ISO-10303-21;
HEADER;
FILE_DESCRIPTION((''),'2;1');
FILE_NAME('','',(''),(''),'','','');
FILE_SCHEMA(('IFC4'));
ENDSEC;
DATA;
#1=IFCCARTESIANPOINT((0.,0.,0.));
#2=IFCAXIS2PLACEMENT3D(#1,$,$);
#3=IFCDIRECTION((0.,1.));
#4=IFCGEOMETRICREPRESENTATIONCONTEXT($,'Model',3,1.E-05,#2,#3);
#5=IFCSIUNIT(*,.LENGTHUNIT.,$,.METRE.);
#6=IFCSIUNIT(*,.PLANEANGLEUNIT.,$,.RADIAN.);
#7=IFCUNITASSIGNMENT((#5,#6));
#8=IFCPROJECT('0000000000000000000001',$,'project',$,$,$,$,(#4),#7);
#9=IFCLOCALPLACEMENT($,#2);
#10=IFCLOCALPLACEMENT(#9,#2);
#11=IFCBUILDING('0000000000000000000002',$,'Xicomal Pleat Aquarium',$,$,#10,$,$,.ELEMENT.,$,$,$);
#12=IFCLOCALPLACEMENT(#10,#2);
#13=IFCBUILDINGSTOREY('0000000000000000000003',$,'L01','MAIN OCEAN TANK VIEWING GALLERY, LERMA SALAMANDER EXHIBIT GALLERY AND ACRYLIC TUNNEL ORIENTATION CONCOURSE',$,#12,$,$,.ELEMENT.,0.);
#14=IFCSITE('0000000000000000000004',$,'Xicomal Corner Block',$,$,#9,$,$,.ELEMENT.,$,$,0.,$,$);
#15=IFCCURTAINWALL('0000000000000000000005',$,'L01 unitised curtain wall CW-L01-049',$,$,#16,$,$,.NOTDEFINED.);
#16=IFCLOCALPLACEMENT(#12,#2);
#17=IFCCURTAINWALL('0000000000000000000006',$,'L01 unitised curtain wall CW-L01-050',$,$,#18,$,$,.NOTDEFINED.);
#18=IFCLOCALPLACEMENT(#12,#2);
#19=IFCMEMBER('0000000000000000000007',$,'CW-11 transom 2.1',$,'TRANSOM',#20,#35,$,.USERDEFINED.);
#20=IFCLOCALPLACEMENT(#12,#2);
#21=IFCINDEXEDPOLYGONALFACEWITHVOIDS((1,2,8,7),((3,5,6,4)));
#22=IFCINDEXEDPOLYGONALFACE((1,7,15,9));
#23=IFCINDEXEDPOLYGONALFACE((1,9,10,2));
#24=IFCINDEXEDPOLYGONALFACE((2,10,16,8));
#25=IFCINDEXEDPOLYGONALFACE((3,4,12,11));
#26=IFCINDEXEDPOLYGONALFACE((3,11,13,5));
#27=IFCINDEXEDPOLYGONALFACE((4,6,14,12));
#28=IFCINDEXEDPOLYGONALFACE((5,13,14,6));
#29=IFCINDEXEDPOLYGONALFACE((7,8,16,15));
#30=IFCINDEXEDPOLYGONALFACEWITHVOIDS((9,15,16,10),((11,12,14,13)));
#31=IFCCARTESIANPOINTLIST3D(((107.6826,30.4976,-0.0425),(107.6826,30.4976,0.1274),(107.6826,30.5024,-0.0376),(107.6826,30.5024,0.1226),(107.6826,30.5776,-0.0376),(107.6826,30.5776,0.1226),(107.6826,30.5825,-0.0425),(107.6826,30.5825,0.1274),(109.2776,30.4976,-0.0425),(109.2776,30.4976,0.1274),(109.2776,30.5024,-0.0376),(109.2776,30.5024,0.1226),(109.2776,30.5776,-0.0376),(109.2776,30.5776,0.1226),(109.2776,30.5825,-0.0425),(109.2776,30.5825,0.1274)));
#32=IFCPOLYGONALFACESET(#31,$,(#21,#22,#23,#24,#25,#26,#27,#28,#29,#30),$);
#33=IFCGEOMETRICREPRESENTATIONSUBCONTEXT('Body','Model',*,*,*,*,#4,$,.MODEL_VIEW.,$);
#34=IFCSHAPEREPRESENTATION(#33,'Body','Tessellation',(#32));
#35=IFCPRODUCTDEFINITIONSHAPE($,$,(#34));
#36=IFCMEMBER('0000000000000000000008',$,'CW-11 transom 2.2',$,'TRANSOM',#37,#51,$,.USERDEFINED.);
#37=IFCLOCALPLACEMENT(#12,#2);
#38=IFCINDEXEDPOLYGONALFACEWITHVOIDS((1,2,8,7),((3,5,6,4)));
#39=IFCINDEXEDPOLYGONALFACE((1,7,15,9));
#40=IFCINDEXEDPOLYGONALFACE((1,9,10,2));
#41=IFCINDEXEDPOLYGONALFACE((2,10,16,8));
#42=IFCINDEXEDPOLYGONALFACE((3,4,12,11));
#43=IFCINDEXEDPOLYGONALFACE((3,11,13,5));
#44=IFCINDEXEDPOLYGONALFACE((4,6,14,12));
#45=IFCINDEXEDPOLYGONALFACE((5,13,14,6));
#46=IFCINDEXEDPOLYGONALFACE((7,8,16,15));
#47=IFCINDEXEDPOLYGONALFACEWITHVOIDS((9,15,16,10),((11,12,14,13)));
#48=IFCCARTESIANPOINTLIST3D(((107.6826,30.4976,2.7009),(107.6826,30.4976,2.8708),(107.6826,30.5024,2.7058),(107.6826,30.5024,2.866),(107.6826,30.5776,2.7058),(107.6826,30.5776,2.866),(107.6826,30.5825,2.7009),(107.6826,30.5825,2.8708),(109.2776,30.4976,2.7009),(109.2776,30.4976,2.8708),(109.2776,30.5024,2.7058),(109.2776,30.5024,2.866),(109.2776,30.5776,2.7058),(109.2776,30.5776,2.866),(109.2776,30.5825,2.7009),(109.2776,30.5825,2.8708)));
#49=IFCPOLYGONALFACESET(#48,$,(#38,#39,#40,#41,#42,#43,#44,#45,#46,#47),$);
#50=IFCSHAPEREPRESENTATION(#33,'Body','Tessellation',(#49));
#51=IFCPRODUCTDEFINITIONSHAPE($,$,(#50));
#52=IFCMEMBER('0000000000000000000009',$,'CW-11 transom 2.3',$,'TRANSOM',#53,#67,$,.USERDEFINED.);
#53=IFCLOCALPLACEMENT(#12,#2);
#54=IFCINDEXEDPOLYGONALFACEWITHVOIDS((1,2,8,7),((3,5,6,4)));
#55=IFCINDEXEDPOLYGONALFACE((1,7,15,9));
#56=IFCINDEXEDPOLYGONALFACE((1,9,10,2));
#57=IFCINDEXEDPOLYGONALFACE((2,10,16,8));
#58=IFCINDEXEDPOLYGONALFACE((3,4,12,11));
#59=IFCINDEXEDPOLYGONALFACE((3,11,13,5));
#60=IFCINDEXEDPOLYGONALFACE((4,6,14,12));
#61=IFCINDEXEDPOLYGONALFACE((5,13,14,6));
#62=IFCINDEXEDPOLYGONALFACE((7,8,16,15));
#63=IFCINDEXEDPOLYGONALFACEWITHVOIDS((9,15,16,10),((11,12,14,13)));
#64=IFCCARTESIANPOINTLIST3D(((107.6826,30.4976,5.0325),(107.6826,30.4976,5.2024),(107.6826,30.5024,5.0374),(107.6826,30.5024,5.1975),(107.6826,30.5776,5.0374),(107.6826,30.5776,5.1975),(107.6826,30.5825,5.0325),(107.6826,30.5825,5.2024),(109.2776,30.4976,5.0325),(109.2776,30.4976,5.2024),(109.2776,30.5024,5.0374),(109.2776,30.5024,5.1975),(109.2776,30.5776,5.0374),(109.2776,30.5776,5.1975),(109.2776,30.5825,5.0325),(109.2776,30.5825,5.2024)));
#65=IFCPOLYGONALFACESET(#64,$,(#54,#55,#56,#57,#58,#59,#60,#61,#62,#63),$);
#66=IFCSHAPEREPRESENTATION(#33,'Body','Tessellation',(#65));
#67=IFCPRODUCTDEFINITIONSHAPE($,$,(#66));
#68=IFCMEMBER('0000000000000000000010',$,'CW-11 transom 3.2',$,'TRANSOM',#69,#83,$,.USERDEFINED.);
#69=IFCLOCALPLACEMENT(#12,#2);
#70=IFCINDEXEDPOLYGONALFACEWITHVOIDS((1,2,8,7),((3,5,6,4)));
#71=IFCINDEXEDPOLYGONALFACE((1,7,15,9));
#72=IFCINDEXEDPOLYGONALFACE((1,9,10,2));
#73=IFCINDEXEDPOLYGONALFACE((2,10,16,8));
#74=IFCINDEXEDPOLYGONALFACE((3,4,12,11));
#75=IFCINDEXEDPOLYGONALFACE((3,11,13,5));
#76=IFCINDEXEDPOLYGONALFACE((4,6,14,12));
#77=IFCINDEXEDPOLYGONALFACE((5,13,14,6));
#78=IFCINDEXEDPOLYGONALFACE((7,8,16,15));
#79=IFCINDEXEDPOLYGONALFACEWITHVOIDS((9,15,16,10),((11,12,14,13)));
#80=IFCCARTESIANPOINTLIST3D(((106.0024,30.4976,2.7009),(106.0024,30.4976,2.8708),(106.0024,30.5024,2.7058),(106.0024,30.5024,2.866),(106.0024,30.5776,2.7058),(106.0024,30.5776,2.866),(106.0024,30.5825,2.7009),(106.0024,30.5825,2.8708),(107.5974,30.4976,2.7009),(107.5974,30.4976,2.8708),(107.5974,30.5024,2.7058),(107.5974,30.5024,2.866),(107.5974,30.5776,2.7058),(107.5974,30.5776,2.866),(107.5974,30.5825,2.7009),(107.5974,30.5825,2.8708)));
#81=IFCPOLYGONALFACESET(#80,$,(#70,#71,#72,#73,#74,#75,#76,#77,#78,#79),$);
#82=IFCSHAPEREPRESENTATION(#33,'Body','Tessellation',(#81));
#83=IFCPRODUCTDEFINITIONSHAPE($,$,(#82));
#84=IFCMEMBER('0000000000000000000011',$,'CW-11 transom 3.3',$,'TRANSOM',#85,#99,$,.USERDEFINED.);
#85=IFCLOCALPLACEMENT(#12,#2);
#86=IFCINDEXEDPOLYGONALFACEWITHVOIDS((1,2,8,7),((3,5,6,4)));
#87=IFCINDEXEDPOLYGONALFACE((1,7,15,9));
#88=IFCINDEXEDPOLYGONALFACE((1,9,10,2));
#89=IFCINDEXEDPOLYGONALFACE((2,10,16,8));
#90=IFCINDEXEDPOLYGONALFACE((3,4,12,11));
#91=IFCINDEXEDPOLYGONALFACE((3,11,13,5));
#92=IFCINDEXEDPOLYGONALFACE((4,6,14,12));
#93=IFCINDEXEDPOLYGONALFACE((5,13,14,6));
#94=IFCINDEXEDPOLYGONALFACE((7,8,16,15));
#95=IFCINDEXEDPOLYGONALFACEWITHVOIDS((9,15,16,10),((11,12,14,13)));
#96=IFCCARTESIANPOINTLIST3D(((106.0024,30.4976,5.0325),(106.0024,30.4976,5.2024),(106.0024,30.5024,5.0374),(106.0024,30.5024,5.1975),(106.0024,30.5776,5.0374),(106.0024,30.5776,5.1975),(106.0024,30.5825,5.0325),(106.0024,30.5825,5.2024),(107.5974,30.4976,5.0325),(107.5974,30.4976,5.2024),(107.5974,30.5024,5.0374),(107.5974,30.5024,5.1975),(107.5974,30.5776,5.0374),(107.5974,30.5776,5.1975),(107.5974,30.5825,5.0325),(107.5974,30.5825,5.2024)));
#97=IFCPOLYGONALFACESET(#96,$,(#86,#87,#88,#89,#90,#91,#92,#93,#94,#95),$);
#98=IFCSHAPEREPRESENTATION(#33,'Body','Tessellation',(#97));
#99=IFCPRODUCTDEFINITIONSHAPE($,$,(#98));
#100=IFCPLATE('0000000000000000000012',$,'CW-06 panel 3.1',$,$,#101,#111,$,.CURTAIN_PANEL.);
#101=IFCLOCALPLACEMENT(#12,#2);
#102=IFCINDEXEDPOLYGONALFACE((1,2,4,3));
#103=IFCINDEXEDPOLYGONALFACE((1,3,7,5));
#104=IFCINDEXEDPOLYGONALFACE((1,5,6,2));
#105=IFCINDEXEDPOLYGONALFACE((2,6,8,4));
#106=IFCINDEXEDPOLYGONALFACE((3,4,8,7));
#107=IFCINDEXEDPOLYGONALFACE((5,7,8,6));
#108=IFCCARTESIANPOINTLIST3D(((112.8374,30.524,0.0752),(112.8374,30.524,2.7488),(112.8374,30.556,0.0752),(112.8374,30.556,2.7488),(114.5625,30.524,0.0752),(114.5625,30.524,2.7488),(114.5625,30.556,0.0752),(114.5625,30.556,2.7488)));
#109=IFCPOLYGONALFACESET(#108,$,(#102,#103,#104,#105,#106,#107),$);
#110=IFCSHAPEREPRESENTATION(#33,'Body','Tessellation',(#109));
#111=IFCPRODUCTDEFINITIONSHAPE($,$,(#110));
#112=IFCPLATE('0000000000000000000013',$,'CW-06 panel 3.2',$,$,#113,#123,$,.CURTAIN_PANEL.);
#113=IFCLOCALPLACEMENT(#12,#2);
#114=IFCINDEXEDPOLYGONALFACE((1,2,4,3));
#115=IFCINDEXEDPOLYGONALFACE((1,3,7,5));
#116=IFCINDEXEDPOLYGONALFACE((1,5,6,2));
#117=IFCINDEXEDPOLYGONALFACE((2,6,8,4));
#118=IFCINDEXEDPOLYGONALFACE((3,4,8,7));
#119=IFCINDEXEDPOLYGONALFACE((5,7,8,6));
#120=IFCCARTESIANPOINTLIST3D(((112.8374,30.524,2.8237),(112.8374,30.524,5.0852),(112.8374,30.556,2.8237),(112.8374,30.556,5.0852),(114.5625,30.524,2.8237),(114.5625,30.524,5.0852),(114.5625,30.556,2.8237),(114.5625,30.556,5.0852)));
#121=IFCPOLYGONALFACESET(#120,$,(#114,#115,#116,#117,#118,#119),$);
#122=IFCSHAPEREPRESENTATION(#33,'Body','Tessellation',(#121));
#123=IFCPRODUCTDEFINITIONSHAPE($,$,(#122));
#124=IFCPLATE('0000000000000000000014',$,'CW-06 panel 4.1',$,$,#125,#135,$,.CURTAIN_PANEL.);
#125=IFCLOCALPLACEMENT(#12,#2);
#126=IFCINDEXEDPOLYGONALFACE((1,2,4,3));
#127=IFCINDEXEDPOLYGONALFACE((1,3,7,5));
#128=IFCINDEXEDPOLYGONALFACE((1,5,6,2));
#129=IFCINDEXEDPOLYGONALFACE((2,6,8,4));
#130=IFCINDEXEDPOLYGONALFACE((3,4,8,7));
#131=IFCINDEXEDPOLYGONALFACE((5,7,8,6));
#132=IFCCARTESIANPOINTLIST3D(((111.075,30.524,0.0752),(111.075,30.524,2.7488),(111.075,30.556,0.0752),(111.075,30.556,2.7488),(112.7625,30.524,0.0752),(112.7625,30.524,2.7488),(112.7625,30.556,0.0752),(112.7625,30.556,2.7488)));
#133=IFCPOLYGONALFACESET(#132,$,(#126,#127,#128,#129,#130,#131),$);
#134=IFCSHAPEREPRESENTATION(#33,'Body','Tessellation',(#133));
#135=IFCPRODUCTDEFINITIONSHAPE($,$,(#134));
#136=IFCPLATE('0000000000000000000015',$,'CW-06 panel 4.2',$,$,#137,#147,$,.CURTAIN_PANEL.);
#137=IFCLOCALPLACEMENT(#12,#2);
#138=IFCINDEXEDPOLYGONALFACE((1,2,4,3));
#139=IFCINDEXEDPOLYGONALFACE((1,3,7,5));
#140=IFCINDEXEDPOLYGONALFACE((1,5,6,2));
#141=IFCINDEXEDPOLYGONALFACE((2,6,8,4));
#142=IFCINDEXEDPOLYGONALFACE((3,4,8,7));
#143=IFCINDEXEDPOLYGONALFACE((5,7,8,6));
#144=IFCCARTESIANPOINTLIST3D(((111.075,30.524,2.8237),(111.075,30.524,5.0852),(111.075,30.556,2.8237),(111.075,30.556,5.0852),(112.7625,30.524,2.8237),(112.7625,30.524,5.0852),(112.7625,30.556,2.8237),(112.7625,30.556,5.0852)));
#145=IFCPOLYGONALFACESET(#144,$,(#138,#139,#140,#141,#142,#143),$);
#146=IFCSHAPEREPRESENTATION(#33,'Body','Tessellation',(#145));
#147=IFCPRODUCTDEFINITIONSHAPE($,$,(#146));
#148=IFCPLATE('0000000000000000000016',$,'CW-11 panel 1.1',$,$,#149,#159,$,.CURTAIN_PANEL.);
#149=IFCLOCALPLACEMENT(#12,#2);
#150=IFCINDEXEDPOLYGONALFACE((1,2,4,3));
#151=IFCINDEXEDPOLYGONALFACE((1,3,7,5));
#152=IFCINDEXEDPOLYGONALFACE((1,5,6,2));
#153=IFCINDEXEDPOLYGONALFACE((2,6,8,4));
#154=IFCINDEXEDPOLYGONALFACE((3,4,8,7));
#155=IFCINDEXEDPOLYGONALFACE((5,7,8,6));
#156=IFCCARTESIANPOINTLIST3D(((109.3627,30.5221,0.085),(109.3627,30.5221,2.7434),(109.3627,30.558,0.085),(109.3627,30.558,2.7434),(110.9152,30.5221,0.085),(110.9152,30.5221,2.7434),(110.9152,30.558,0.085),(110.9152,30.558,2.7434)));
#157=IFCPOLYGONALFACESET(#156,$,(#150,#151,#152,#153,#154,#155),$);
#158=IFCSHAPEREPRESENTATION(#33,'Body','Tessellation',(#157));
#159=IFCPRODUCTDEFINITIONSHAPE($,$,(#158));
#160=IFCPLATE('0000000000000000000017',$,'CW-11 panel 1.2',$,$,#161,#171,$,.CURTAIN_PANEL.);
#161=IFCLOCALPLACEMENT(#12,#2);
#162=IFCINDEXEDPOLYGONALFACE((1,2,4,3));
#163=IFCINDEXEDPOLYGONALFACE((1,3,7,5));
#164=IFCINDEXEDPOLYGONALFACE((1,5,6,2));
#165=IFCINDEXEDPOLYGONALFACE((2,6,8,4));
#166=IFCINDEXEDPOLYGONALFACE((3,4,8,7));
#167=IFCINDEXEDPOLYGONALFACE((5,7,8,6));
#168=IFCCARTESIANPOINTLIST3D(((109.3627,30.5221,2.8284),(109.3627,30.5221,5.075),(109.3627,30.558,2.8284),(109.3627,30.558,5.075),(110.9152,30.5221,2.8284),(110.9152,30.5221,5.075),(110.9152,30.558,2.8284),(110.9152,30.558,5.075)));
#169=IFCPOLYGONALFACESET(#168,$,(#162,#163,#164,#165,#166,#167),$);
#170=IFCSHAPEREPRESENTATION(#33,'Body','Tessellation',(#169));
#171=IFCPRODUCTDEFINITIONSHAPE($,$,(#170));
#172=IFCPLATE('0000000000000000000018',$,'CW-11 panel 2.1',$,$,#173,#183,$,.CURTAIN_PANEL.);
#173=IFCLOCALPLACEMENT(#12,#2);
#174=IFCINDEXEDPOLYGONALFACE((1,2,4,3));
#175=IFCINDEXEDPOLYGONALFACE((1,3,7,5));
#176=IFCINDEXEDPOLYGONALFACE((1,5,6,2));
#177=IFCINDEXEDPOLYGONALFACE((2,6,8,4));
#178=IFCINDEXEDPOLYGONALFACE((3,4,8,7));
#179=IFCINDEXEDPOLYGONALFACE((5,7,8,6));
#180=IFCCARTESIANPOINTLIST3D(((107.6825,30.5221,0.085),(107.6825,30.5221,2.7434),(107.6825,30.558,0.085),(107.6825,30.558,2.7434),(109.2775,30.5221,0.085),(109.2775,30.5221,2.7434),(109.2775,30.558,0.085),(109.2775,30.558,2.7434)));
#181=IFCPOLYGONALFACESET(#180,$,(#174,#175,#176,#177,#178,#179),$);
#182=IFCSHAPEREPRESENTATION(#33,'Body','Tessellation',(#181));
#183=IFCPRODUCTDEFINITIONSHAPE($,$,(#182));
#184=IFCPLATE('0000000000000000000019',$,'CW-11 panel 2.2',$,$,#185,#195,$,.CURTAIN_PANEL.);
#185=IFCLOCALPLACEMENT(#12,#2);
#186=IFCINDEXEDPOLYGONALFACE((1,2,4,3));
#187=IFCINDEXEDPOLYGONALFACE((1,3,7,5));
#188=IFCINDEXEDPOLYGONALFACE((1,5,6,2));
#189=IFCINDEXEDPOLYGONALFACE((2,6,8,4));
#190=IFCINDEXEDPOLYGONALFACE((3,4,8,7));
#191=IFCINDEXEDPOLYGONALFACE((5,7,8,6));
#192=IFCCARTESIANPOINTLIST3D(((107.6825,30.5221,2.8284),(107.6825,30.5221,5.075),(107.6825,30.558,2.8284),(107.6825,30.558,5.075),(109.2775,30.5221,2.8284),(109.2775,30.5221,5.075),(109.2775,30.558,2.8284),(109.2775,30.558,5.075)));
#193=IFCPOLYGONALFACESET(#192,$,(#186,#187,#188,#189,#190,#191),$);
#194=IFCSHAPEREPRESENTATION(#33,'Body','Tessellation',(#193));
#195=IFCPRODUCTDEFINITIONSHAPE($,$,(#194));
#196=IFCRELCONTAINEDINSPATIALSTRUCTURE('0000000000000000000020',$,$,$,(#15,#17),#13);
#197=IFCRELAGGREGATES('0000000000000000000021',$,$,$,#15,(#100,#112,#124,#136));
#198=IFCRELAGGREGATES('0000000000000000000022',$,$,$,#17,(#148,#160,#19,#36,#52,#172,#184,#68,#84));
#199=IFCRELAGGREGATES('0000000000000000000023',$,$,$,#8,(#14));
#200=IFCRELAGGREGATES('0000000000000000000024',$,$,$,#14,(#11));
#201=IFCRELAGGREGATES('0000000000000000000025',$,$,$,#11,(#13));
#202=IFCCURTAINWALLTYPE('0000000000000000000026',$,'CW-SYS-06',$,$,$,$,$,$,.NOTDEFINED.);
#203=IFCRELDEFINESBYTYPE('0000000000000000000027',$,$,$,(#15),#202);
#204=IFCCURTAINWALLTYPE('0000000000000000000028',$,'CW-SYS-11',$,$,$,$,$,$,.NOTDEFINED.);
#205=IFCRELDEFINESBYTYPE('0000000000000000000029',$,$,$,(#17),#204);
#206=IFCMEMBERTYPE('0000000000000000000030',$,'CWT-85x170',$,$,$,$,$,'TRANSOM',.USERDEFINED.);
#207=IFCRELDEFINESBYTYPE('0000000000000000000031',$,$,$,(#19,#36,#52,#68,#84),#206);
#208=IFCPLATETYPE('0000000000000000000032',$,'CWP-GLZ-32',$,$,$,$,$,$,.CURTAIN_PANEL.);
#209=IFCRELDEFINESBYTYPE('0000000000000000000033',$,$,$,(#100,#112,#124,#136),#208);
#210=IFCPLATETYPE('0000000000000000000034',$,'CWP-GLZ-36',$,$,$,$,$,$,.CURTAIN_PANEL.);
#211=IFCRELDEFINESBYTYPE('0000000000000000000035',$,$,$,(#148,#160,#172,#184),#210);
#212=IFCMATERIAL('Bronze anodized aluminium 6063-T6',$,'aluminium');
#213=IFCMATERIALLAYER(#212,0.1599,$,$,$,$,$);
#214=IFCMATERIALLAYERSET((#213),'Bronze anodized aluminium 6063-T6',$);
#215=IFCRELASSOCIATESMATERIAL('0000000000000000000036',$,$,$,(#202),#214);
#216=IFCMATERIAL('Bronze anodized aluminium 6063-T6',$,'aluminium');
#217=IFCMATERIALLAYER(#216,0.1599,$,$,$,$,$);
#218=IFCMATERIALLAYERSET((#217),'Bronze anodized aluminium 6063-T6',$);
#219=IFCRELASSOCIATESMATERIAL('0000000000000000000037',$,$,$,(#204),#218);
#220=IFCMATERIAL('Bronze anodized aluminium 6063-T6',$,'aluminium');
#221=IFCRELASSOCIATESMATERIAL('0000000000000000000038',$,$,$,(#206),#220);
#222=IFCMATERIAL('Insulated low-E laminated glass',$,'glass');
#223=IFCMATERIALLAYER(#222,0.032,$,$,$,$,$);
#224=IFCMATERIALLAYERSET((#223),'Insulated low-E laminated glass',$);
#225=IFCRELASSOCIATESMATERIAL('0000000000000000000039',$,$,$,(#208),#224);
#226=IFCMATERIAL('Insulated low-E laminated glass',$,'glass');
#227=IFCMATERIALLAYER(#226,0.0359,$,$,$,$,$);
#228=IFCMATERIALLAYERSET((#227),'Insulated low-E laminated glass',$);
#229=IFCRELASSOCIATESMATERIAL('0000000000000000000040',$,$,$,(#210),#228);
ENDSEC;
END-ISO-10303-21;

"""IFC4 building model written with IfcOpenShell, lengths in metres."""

from ifc_helpers import new_model, si_unit, direction, frame, origin, origin_2d, place, context, subcontext, project, spatial, rectangle, hollow_rectangle, extrude, material, layer, layer_set, material_profile, profile_set, type_object, element, aggregate, save


model = new_model("IFC4")

# Units and contexts
model_context = context("Model", 3, precision=1e-05, world=origin(), true_north=direction((0.0, 1.0)))
body_context = subcontext(model_context, "Body", "Model", "MODEL_VIEW")
ifc_project = project(units=[si_unit("LENGTHUNIT", "METRE"), si_unit("PLANEANGLEUNIT", "RADIAN")], contexts=[model_context])

# Site, building, storey
site_placement = place(None, origin())
site = spatial("IfcSite", under=ifc_project, at=site_placement, Name="Xicomal Corner Block", CompositionType="ELEMENT", RefElevation=0.0)
building_placement = place(site_placement, origin())
building = spatial("IfcBuilding", under=site, at=building_placement, Name="Xicomal Pleat Aquarium", CompositionType="ELEMENT")
storey_placement = place(building_placement, origin())
storey = spatial("IfcBuildingStorey", under=building, at=storey_placement, Name="L01", Description="MAIN OCEAN TANK VIEWING GALLERY, LERMA SALAMANDER EXHIBIT GALLERY AND ACRYLIC TUNNEL ORIENTATION CONCOURSE", CompositionType="ELEMENT", Elevation=0.0)

# Curtain walls
ifc_material_1 = material(Name="Bronze anodized aluminium 6063-T6", Category="aluminium")
ifc_layer_1 = layer(ifc_material_1, 0.1599)
ifc_layer_set_1 = layer_set([ifc_layer_1], Name="Bronze anodized aluminium 6063-T6")
curtain_wall_type_1 = type_object("IfcCurtainWallType", Name="CW-SYS-06", PredefinedType="NOTDEFINED", material=ifc_layer_set_1)
curtain_wall_1_placement = place(storey_placement, origin())
curtain_wall_1 = element("IfcCurtainWall", 1, at=curtain_wall_1_placement, inside=storey, type_object=curtain_wall_type_1, Name="L01 unitised curtain wall CW-L01-049", PredefinedType="NOTDEFINED")
ifc_material_2 = material(Name="Bronze anodized aluminium 6063-T6", Category="aluminium")
ifc_layer_2 = layer(ifc_material_2, 0.1599)
ifc_layer_set_2 = layer_set([ifc_layer_2], Name="Bronze anodized aluminium 6063-T6")
curtain_wall_type_2 = type_object("IfcCurtainWallType", Name="CW-SYS-11", PredefinedType="NOTDEFINED", material=ifc_layer_set_2)
curtain_wall_2_placement = place(storey_placement, origin())
curtain_wall_2 = element("IfcCurtainWall", 2, at=curtain_wall_2_placement, inside=storey, type_object=curtain_wall_type_2, Name="L01 unitised curtain wall CW-L01-050", PredefinedType="NOTDEFINED")

# Members
ifc_material_3 = material(Name="Bronze anodized aluminium 6063-T6", Category="aluminium")
ifc_material_profile_1 = material_profile(ifc_material_3, hollow_rectangle(XDim=0.085, YDim=0.1699, WallThickness=0.0049, at=origin_2d()), Name="ALU TRAN 85x170")
ifc_profile_set_1 = profile_set([ifc_material_profile_1], Name="Bronze anodized aluminium 6063-T6")
member_type_1 = type_object("IfcMemberType", Name="CWT-85x170", ElementType="TRANSOM", PredefinedType="USERDEFINED", material=ifc_profile_set_1)
member_1_placement = place(storey_placement, frame((109.2776, 30.54, 0.0425), z_axis=(-1.0, 0.0, 0.0), x_axis=(0.0, -1.0, 0.0)))
member_1 = element("IfcMember", 3, at=member_1_placement, type_object=member_type_1, Name="CW-11 transom 2.1", ObjectType="TRANSOM", PredefinedType="USERDEFINED", context=body_context, shape_type="SweptSolid", body=[
    extrude(hollow_rectangle(XDim=0.085, YDim=0.1699, WallThickness=0.0049, at=origin_2d()), origin(), (0.0, 0.0, 1.0), 1.595),
])
member_2_placement = place(storey_placement, frame((109.2776, 30.54, 2.7859), z_axis=(-1.0, 0.0, 0.0), x_axis=(0.0, -1.0, 0.0)))
member_2 = element("IfcMember", 4, at=member_2_placement, type_object=member_type_1, Name="CW-11 transom 2.2", ObjectType="TRANSOM", PredefinedType="USERDEFINED", context=body_context, shape_type="SweptSolid", body=[
    extrude(hollow_rectangle(XDim=0.085, YDim=0.1699, WallThickness=0.0049, at=origin_2d()), origin(), (0.0, 0.0, 1.0), 1.595),
])
member_3_placement = place(storey_placement, frame((109.2776, 30.54, 5.1174), z_axis=(-1.0, 0.0, 0.0), x_axis=(0.0, -1.0, 0.0)))
member_3 = element("IfcMember", 5, at=member_3_placement, type_object=member_type_1, Name="CW-11 transom 2.3", ObjectType="TRANSOM", PredefinedType="USERDEFINED", context=body_context, shape_type="SweptSolid", body=[
    extrude(hollow_rectangle(XDim=0.085, YDim=0.1699, WallThickness=0.0049, at=origin_2d()), origin(), (0.0, 0.0, 1.0), 1.595),
])
member_4_placement = place(storey_placement, frame((107.5974, 30.54, 2.7859), z_axis=(-1.0, 0.0, 0.0), x_axis=(0.0, -1.0, 0.0)))
member_4 = element("IfcMember", 6, at=member_4_placement, type_object=member_type_1, Name="CW-11 transom 3.2", ObjectType="TRANSOM", PredefinedType="USERDEFINED", context=body_context, shape_type="SweptSolid", body=[
    extrude(hollow_rectangle(XDim=0.085, YDim=0.1699, WallThickness=0.0049, at=origin_2d()), origin(), (0.0, 0.0, 1.0), 1.595),
])
member_5_placement = place(storey_placement, frame((107.5974, 30.54, 5.1174), z_axis=(-1.0, 0.0, 0.0), x_axis=(0.0, -1.0, 0.0)))
member_5 = element("IfcMember", 7, at=member_5_placement, type_object=member_type_1, Name="CW-11 transom 3.3", ObjectType="TRANSOM", PredefinedType="USERDEFINED", context=body_context, shape_type="SweptSolid", body=[
    extrude(hollow_rectangle(XDim=0.085, YDim=0.1699, WallThickness=0.0049, at=origin_2d()), origin(), (0.0, 0.0, 1.0), 1.595),
])

# Plates
ifc_material_4 = material(Name="Insulated low-E laminated glass", Category="glass")
ifc_layer_3 = layer(ifc_material_4, 0.032)
ifc_layer_set_3 = layer_set([ifc_layer_3], Name="Insulated low-E laminated glass")
plate_type_1 = type_object("IfcPlateType", Name="CWP-GLZ-32", PredefinedType="CURTAIN_PANEL", material=ifc_layer_set_3)
plate_1_placement = place(storey_placement, frame((113.7, 30.54, 0.0752), z_axis=(0.0, 0.0, 1.0), x_axis=(-1.0, 0.0, 0.0)))
plate_1 = element("IfcPlate", 8, at=plate_1_placement, type_object=plate_type_1, Name="CW-06 panel 3.1", PredefinedType="CURTAIN_PANEL", context=body_context, shape_type="SweptSolid", body=[
    extrude(rectangle(XDim=1.7251, YDim=0.032, at=origin_2d()), origin(), (0.0, 0.0, 1.0), 2.6736),
])
plate_2_placement = place(storey_placement, frame((113.7, 30.54, 2.8237), z_axis=(0.0, 0.0, 1.0), x_axis=(-1.0, 0.0, 0.0)))
plate_2 = element("IfcPlate", 9, at=plate_2_placement, type_object=plate_type_1, Name="CW-06 panel 3.2", PredefinedType="CURTAIN_PANEL", context=body_context, shape_type="SweptSolid", body=[
    extrude(rectangle(XDim=1.7251, YDim=0.032, at=origin_2d()), origin(), (0.0, 0.0, 1.0), 2.2615),
])
plate_3_placement = place(storey_placement, frame((111.9187, 30.54, 0.0752), z_axis=(0.0, 0.0, 1.0), x_axis=(-1.0, 0.0, 0.0)))
plate_3 = element("IfcPlate", 10, at=plate_3_placement, type_object=plate_type_1, Name="CW-06 panel 4.1", PredefinedType="CURTAIN_PANEL", context=body_context, shape_type="SweptSolid", body=[
    extrude(rectangle(XDim=1.6875, YDim=0.032, at=origin_2d()), origin(), (0.0, 0.0, 1.0), 2.6736),
])
plate_4_placement = place(storey_placement, frame((111.9187, 30.54, 2.8237), z_axis=(0.0, 0.0, 1.0), x_axis=(-1.0, 0.0, 0.0)))
plate_4 = element("IfcPlate", 11, at=plate_4_placement, type_object=plate_type_1, Name="CW-06 panel 4.2", PredefinedType="CURTAIN_PANEL", context=body_context, shape_type="SweptSolid", body=[
    extrude(rectangle(XDim=1.6875, YDim=0.032, at=origin_2d()), origin(), (0.0, 0.0, 1.0), 2.2615),
])
aggregate(curtain_wall_1, [plate_1, plate_2, plate_3, plate_4])
ifc_material_5 = material(Name="Insulated low-E laminated glass", Category="glass")
ifc_layer_4 = layer(ifc_material_5, 0.0359)
ifc_layer_set_4 = layer_set([ifc_layer_4], Name="Insulated low-E laminated glass")
plate_type_2 = type_object("IfcPlateType", Name="CWP-GLZ-36", PredefinedType="CURTAIN_PANEL", material=ifc_layer_set_4)
plate_5_placement = place(storey_placement, frame((110.1389, 30.54, 0.085), z_axis=(0.0, 0.0, 1.0), x_axis=(-1.0, 0.0, 0.0)))
plate_5 = element("IfcPlate", 12, at=plate_5_placement, type_object=plate_type_2, Name="CW-11 panel 1.1", PredefinedType="CURTAIN_PANEL", context=body_context, shape_type="SweptSolid", body=[
    extrude(rectangle(XDim=1.5525, YDim=0.0359, at=origin_2d()), origin(), (0.0, 0.0, 1.0), 2.6584),
])
plate_6_placement = place(storey_placement, frame((110.1389, 30.54, 2.8284), z_axis=(0.0, 0.0, 1.0), x_axis=(-1.0, 0.0, 0.0)))
plate_6 = element("IfcPlate", 13, at=plate_6_placement, type_object=plate_type_2, Name="CW-11 panel 1.2", PredefinedType="CURTAIN_PANEL", context=body_context, shape_type="SweptSolid", body=[
    extrude(rectangle(XDim=1.5525, YDim=0.0359, at=origin_2d()), origin(), (0.0, 0.0, 1.0), 2.2466),
])
plate_7_placement = place(storey_placement, frame((108.48, 30.54, 0.085), z_axis=(0.0, 0.0, 1.0), x_axis=(-1.0, 0.0, 0.0)))
plate_7 = element("IfcPlate", 14, at=plate_7_placement, type_object=plate_type_2, Name="CW-11 panel 2.1", PredefinedType="CURTAIN_PANEL", context=body_context, shape_type="SweptSolid", body=[
    extrude(rectangle(XDim=1.595, YDim=0.0359, at=origin_2d()), origin(), (0.0, 0.0, 1.0), 2.6584),
])
plate_8_placement = place(storey_placement, frame((108.48, 30.54, 2.8284), z_axis=(0.0, 0.0, 1.0), x_axis=(-1.0, 0.0, 0.0)))
plate_8 = element("IfcPlate", 15, at=plate_8_placement, type_object=plate_type_2, Name="CW-11 panel 2.2", PredefinedType="CURTAIN_PANEL", context=body_context, shape_type="SweptSolid", body=[
    extrude(rectangle(XDim=1.595, YDim=0.0359, at=origin_2d()), origin(), (0.0, 0.0, 1.0), 2.2466),
])
aggregate(curtain_wall_2, [plate_5, plate_6, member_1, member_2, member_3, plate_7, plate_8, member_4, member_5])

save(model, "model.ifc")
